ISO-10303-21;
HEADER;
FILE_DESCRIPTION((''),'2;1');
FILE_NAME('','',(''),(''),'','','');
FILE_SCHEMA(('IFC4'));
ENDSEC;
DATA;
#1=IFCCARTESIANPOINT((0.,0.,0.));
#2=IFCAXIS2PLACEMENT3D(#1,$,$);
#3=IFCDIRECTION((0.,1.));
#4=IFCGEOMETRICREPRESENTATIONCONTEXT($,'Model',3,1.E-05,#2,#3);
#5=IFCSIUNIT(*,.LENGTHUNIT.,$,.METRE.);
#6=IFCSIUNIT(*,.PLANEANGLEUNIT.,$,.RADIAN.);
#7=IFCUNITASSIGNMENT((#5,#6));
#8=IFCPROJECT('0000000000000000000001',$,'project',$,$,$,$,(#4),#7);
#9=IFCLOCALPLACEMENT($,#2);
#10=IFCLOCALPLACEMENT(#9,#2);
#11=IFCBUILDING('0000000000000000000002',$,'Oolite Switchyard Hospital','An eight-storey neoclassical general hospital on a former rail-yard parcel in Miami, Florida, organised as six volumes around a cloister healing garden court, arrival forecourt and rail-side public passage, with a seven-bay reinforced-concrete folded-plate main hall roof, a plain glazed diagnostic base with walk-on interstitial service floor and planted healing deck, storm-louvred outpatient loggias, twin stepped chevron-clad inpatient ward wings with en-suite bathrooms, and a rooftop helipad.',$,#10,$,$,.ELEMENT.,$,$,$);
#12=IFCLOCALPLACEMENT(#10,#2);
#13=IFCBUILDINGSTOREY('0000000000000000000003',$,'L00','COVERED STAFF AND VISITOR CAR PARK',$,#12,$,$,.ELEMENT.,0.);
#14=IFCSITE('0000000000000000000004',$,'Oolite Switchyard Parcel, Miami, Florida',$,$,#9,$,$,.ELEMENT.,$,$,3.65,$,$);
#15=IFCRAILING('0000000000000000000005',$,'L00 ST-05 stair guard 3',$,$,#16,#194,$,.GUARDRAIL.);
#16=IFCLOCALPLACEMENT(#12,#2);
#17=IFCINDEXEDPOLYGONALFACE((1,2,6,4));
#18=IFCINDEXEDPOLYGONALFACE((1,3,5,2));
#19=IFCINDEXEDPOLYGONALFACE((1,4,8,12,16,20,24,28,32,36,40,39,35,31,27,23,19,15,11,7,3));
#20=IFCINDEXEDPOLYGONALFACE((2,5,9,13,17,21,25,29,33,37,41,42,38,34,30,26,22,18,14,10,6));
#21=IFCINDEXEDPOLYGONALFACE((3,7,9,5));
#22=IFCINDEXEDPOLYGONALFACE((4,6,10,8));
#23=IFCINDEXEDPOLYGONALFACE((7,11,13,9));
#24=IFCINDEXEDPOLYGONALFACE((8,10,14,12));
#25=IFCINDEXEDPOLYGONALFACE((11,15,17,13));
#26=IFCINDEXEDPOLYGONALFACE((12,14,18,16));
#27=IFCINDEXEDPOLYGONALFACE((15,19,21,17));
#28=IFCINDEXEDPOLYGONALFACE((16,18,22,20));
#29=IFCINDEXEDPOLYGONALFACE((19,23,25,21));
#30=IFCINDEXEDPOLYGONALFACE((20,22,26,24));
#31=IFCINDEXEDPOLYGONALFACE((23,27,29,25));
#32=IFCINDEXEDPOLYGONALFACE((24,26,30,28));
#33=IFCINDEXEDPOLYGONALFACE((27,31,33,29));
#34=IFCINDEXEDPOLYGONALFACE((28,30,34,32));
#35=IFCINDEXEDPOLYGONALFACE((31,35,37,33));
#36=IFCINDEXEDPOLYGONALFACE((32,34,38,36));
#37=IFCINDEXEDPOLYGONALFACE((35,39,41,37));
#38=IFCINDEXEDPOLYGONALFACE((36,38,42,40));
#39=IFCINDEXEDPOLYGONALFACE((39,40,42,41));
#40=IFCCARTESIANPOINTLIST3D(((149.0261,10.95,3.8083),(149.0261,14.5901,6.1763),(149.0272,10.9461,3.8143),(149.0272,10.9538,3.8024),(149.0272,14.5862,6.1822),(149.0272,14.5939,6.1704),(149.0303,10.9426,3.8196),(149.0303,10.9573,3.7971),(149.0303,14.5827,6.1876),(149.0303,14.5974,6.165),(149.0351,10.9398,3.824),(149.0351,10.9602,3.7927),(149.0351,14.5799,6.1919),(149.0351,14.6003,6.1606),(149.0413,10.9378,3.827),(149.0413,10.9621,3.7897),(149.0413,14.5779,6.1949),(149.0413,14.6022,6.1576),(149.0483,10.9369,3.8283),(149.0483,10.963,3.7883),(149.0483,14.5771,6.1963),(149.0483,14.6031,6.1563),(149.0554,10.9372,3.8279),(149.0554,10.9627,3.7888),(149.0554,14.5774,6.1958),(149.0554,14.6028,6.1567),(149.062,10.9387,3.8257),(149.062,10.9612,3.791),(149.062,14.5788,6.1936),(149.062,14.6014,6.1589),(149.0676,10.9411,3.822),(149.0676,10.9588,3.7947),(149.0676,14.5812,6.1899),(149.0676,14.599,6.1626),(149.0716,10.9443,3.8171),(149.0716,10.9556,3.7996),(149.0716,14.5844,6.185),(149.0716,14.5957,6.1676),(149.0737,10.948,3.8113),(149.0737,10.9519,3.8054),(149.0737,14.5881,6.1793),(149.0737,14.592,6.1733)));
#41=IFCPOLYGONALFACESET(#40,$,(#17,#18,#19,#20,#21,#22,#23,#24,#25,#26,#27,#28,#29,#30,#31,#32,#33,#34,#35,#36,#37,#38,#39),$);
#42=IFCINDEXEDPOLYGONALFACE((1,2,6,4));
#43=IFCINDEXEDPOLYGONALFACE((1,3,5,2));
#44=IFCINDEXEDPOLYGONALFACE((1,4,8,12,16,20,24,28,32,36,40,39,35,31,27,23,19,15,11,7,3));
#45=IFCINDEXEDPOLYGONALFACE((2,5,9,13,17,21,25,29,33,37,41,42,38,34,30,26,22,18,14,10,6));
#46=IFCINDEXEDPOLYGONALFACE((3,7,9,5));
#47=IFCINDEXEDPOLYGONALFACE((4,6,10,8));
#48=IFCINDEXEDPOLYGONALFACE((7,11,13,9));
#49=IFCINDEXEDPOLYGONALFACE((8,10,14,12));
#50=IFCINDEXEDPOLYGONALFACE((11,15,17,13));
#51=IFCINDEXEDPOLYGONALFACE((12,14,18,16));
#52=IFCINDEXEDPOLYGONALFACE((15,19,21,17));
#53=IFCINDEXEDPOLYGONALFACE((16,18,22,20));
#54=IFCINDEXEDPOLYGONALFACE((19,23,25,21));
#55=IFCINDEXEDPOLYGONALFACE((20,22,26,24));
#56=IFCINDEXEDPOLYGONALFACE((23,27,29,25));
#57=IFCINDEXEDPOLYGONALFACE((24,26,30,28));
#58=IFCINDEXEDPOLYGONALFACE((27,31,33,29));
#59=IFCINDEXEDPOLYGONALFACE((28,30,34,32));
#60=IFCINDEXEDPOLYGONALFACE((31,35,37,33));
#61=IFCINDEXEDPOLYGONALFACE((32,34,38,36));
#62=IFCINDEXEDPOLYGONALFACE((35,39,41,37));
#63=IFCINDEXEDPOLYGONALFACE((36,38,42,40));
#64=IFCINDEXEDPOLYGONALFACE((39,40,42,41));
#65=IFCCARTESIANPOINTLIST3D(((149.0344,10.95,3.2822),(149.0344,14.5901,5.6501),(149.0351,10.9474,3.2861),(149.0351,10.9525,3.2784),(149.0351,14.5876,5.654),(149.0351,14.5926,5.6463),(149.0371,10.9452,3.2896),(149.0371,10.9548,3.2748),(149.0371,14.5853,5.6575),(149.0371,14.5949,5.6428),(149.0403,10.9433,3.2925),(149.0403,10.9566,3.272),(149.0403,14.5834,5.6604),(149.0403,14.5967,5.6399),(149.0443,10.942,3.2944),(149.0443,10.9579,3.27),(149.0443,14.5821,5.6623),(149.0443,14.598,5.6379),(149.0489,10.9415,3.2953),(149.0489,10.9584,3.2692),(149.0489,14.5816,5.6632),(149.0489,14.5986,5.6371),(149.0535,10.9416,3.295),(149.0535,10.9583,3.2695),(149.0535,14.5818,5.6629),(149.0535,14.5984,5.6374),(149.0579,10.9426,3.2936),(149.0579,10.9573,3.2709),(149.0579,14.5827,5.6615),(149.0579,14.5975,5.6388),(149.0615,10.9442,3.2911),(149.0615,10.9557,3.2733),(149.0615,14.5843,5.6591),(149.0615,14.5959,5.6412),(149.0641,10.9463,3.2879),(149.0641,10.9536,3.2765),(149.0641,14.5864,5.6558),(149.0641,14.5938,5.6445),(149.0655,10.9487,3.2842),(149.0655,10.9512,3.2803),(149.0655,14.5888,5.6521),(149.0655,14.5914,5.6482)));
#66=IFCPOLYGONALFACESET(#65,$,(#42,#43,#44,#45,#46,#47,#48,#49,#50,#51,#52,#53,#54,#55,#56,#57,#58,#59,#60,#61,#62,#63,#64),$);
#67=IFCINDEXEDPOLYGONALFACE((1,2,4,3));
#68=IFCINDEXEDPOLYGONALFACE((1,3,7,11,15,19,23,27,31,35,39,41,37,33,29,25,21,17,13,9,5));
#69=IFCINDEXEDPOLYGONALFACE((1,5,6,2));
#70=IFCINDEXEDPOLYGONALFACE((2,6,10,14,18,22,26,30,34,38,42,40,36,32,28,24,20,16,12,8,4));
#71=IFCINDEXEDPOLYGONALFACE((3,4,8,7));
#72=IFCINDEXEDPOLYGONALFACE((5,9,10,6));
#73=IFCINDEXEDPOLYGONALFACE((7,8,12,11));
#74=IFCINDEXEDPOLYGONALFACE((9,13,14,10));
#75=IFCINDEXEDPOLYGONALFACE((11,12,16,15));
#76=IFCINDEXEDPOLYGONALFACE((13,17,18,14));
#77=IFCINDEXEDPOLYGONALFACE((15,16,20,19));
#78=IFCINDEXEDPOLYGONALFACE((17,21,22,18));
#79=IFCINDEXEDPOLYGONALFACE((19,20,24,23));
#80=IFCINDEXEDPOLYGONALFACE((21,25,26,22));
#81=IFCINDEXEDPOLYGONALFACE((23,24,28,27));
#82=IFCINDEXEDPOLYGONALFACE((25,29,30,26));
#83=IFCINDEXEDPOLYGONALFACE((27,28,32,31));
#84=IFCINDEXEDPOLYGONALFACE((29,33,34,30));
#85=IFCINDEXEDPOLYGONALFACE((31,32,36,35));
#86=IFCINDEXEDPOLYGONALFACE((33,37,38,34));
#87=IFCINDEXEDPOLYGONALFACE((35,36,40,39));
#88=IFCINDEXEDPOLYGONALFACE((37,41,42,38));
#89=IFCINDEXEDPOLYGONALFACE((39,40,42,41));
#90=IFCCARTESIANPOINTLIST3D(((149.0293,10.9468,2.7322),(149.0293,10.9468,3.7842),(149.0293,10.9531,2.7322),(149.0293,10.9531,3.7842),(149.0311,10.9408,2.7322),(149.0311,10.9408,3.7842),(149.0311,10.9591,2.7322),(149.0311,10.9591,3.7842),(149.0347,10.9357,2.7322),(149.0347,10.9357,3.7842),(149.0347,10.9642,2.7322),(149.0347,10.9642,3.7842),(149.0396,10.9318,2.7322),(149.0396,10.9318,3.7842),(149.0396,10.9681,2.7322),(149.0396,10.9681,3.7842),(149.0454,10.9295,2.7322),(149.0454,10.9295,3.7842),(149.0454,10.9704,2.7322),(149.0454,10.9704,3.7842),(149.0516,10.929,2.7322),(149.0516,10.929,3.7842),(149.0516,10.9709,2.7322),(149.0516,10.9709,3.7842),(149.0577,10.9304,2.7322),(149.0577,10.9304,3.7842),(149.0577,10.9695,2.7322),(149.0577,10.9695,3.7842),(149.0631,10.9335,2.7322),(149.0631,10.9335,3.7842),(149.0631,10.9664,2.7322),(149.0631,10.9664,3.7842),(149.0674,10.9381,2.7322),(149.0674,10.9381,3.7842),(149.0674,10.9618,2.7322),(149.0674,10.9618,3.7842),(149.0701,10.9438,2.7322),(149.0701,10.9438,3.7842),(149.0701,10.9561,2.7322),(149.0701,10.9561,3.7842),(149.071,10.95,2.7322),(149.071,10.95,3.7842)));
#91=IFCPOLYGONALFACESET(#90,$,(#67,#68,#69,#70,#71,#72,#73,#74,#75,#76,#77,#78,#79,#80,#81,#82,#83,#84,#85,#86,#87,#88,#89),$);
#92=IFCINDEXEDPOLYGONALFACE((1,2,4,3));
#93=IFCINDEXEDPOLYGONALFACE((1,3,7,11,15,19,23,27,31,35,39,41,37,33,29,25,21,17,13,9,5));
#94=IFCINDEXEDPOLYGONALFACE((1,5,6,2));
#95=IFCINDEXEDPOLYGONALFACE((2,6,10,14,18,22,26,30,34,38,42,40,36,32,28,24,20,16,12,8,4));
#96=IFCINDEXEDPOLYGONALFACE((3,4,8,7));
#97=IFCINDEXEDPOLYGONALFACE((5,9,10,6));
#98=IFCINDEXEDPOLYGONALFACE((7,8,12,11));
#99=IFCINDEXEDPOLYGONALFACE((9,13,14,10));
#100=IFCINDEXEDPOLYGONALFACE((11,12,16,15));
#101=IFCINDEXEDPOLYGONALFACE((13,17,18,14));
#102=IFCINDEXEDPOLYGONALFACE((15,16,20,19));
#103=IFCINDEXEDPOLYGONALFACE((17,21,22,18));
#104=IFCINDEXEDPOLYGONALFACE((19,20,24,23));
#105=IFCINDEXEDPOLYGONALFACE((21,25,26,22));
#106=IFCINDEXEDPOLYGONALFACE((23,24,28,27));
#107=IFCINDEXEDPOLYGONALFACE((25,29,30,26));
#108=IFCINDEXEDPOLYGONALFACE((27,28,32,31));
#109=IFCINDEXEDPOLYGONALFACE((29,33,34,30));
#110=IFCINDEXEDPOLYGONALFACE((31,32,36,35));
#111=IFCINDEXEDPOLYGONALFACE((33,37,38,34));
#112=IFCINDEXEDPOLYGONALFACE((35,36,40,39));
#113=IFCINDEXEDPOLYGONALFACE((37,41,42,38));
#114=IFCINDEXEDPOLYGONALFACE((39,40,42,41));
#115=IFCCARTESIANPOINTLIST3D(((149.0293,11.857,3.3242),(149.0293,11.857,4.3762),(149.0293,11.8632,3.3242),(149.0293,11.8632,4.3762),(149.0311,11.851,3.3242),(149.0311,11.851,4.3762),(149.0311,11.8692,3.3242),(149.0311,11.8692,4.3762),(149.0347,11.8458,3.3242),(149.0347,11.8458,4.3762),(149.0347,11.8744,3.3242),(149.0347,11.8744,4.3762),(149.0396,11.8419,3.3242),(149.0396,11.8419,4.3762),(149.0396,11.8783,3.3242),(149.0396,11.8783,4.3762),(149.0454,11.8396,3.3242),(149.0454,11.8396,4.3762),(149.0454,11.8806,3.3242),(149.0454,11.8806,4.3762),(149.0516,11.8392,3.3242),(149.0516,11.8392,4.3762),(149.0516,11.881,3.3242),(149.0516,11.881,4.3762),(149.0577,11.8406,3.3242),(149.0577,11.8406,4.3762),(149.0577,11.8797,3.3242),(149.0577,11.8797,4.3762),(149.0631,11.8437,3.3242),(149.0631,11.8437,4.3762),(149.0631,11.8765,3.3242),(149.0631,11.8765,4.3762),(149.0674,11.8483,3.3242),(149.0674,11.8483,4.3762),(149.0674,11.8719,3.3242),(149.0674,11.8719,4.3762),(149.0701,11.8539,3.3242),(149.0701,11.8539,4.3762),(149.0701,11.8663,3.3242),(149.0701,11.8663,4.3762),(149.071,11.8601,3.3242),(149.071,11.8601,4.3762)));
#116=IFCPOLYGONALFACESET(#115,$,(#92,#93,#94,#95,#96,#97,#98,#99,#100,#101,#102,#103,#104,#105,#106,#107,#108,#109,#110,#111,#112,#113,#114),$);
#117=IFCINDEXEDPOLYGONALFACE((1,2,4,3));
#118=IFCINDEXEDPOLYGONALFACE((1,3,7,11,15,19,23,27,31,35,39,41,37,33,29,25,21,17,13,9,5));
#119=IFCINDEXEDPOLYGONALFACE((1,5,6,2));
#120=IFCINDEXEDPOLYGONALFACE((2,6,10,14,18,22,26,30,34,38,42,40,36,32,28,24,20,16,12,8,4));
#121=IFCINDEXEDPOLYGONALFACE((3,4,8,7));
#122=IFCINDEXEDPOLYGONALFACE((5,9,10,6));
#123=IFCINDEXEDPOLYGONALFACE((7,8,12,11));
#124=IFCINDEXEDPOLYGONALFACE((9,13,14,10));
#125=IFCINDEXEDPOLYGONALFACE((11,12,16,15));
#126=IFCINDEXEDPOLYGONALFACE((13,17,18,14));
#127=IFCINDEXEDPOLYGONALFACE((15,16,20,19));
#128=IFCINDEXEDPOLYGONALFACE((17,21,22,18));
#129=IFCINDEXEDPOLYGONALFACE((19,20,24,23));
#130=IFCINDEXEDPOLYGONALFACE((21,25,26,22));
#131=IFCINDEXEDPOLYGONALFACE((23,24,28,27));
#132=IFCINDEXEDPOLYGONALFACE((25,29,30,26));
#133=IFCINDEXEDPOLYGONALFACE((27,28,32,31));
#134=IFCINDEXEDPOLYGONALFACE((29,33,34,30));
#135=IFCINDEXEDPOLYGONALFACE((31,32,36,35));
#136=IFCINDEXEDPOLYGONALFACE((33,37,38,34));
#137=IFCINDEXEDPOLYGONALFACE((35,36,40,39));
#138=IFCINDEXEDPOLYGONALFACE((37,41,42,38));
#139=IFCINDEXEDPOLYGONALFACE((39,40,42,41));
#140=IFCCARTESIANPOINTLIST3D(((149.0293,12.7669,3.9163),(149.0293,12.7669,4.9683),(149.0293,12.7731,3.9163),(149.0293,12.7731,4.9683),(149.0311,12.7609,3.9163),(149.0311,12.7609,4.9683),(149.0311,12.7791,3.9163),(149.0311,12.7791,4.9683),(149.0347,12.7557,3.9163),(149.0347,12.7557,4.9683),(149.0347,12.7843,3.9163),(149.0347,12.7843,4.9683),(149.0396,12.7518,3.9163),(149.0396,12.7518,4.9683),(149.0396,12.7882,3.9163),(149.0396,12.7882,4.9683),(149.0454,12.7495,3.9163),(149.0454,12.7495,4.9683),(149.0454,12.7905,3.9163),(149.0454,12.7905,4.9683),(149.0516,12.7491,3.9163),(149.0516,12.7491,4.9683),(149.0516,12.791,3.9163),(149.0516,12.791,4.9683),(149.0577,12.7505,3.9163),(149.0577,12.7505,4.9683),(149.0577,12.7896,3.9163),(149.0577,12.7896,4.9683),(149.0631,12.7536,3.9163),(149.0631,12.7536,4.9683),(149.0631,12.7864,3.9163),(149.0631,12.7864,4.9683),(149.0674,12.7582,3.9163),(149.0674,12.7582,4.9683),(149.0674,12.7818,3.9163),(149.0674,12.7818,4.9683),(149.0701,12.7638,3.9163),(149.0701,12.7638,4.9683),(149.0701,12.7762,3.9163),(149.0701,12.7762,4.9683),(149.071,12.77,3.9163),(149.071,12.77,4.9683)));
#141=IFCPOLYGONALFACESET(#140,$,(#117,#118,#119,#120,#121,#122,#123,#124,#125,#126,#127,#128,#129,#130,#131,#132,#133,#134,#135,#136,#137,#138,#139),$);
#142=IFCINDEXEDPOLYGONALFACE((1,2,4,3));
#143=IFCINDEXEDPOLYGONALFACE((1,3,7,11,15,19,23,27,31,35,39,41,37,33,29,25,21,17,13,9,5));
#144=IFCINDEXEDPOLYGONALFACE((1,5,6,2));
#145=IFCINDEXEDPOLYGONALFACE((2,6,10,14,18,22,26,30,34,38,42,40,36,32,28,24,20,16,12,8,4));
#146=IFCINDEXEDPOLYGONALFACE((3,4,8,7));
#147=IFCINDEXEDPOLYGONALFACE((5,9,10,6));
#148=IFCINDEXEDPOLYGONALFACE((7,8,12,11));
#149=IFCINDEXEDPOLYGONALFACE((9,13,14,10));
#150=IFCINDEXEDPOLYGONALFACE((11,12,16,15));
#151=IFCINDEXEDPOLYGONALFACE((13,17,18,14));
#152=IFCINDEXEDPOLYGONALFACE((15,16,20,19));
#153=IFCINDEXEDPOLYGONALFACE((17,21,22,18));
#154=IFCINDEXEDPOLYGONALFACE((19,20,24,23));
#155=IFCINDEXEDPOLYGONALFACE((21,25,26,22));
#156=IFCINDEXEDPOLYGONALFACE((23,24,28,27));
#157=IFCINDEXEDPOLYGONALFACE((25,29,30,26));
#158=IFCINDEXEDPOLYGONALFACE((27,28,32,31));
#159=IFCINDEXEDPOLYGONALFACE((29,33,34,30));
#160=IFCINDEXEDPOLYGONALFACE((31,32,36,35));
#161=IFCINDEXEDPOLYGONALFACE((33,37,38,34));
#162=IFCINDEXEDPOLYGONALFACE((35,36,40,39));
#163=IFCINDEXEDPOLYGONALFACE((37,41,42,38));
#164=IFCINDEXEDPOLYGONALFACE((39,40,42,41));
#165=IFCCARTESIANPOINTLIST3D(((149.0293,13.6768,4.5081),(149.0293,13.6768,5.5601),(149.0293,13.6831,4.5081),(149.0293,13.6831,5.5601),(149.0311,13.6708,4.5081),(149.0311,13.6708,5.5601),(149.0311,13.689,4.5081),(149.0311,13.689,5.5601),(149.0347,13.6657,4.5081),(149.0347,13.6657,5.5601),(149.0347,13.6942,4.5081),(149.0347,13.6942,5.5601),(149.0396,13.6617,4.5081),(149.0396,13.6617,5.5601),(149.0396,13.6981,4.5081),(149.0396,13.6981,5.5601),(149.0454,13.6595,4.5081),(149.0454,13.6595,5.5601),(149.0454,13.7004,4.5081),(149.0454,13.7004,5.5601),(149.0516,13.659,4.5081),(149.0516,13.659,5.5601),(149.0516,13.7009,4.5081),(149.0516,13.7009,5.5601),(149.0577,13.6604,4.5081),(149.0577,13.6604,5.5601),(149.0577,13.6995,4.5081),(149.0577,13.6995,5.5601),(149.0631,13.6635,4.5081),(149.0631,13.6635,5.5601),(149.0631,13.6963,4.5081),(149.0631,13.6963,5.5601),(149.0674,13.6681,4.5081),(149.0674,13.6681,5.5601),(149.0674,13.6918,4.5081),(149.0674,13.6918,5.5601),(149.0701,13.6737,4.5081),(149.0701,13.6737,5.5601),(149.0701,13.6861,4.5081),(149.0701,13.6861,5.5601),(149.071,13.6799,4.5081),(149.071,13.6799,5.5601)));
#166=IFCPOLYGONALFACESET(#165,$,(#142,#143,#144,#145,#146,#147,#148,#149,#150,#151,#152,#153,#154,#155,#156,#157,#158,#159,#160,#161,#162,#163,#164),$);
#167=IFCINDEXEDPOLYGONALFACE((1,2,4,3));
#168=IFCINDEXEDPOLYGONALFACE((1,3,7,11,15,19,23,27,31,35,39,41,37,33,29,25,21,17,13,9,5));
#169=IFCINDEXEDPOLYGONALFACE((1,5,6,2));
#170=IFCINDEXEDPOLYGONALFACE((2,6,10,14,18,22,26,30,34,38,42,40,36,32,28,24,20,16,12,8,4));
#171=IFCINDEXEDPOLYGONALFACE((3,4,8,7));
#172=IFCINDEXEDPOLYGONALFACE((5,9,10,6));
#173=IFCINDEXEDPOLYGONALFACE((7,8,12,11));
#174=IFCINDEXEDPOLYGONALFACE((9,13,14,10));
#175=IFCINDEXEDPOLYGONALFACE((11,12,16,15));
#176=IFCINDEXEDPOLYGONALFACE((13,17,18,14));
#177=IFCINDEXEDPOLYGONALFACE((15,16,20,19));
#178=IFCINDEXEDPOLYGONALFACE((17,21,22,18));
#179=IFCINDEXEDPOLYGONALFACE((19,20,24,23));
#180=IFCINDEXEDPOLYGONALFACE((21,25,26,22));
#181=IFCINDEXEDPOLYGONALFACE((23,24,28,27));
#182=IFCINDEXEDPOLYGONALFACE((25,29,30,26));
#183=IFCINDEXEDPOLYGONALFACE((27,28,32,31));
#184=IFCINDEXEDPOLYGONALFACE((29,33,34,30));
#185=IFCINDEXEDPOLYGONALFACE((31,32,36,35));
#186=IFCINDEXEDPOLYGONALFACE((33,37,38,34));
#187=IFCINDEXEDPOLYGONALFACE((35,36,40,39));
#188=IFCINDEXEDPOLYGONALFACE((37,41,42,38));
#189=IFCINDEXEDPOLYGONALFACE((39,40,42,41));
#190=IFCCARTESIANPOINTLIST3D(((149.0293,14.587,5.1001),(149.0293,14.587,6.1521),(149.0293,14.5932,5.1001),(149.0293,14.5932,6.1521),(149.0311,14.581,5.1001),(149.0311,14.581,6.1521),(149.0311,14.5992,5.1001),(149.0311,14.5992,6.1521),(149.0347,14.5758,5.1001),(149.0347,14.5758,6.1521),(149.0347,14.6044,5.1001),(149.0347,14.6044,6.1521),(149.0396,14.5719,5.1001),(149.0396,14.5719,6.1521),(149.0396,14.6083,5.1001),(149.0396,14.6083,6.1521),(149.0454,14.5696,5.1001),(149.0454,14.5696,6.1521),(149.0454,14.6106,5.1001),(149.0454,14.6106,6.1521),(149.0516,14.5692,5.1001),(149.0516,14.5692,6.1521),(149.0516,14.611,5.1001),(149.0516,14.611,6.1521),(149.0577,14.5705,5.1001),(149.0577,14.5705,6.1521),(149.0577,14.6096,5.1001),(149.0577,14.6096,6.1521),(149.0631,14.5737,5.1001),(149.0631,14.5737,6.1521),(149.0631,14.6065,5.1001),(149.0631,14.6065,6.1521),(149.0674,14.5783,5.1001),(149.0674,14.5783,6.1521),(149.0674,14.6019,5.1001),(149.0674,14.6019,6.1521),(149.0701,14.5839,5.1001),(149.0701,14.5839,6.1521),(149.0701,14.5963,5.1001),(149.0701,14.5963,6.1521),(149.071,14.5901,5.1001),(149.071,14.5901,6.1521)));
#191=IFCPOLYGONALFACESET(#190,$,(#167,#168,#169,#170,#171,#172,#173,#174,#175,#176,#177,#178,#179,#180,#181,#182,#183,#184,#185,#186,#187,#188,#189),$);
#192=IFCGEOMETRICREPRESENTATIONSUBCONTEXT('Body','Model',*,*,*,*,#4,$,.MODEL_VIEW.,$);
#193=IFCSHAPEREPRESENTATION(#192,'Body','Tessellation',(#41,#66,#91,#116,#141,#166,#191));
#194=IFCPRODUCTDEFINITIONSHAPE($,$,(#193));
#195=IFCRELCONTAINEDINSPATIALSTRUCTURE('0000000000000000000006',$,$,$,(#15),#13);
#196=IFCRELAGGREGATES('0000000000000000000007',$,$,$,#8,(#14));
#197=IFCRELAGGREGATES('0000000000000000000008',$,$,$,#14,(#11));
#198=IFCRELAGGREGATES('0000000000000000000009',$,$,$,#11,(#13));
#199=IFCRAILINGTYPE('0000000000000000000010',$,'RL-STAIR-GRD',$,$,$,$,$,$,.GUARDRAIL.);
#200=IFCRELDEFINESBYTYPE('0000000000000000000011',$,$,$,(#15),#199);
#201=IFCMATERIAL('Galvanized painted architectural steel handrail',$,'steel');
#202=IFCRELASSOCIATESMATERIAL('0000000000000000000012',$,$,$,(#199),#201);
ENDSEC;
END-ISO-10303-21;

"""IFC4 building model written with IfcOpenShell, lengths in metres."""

from ifc_helpers import new_model, si_unit, direction, frame, origin, origin_2d, place, context, subcontext, project, spatial, circle, extrude, material, type_object, element, save


model = new_model("IFC4")

# Units and contexts
model_context = context("Model", 3, precision=1e-05, world=origin(), true_north=direction((0.0, 1.0)))
body_context = subcontext(model_context, "Body", "Model", "MODEL_VIEW")
ifc_project = project(units=[si_unit("LENGTHUNIT", "METRE"), si_unit("PLANEANGLEUNIT", "RADIAN")], contexts=[model_context])

# Site, building, storey
site_placement = place(None, origin())
site = spatial("IfcSite", under=ifc_project, at=site_placement, Name="Oolite Switchyard Parcel, Miami, Florida", CompositionType="ELEMENT", RefElevation=3.65)
building_placement = place(site_placement, origin())
building = spatial("IfcBuilding", under=site, at=building_placement, Name="Oolite Switchyard Hospital", Description="An eight-storey neoclassical general hospital on a former rail-yard parcel in Miami, Florida, organised as six volumes around a cloister healing garden court, arrival forecourt and rail-side public passage, with a seven-bay reinforced-concrete folded-plate main hall roof, a plain glazed diagnostic base with walk-on interstitial service floor and planted healing deck, storm-louvred outpatient loggias, twin stepped chevron-clad inpatient ward wings with en-suite bathrooms, and a rooftop helipad.", CompositionType="ELEMENT")
storey_placement = place(building_placement, origin())
storey = spatial("IfcBuildingStorey", under=building, at=storey_placement, Name="L00", Description="COVERED STAFF AND VISITOR CAR PARK", CompositionType="ELEMENT", Elevation=0.0)

# Railing
ifc_material_1 = material(Name="Galvanized painted architectural steel handrail", Category="steel")
railing_type_1 = type_object("IfcRailingType", Name="RL-STAIR-GRD", PredefinedType="GUARDRAIL", material=ifc_material_1)
railing_1_placement = place(storey_placement, frame((149.05, 10.95, 2.7322)))
element("IfcRailing", 1, at=railing_1_placement, inside=storey, type_object=railing_type_1, Name="L00 ST-05 stair guard 3", PredefinedType="GUARDRAIL", context=body_context, shape_type="SweptSolid", body=[
    extrude(circle(Radius=0.0239, at=origin_2d()), frame((0.0, 0.0, 1.0762), z_axis=(0.0, 0.838251, 0.545285), x_axis=(-1.0, 0.0, 0.0)), (0.0, 0.0, 1.0), 4.3425),
    extrude(circle(Radius=0.0156, at=origin_2d()), frame((0.0, 0.0, 0.55), z_axis=(0.0, 0.838251, 0.545285), x_axis=(-1.0, 0.0, 0.0)), (0.0, 0.0, 1.0), 4.3425),
    extrude(circle(Radius=0.021, at=origin_2d()), origin(), (0.0, 0.0, 1.0), 1.052),
    extrude(circle(Radius=0.021, at=origin_2d()), frame((0.0, 0.9102, 0.592)), (0.0, 0.0, 1.0), 1.052),
    extrude(circle(Radius=0.021, at=origin_2d()), frame((0.0, 1.8201, 1.1841)), (0.0, 0.0, 1.0), 1.052),
    extrude(circle(Radius=0.021, at=origin_2d()), frame((0.0, 2.73, 1.7759)), (0.0, 0.0, 1.0), 1.052),
    extrude(circle(Radius=0.021, at=origin_2d()), frame((0.0, 3.6401, 2.3679)), (0.0, 0.0, 1.0), 1.052),
])

save(model, "model.ifc")
